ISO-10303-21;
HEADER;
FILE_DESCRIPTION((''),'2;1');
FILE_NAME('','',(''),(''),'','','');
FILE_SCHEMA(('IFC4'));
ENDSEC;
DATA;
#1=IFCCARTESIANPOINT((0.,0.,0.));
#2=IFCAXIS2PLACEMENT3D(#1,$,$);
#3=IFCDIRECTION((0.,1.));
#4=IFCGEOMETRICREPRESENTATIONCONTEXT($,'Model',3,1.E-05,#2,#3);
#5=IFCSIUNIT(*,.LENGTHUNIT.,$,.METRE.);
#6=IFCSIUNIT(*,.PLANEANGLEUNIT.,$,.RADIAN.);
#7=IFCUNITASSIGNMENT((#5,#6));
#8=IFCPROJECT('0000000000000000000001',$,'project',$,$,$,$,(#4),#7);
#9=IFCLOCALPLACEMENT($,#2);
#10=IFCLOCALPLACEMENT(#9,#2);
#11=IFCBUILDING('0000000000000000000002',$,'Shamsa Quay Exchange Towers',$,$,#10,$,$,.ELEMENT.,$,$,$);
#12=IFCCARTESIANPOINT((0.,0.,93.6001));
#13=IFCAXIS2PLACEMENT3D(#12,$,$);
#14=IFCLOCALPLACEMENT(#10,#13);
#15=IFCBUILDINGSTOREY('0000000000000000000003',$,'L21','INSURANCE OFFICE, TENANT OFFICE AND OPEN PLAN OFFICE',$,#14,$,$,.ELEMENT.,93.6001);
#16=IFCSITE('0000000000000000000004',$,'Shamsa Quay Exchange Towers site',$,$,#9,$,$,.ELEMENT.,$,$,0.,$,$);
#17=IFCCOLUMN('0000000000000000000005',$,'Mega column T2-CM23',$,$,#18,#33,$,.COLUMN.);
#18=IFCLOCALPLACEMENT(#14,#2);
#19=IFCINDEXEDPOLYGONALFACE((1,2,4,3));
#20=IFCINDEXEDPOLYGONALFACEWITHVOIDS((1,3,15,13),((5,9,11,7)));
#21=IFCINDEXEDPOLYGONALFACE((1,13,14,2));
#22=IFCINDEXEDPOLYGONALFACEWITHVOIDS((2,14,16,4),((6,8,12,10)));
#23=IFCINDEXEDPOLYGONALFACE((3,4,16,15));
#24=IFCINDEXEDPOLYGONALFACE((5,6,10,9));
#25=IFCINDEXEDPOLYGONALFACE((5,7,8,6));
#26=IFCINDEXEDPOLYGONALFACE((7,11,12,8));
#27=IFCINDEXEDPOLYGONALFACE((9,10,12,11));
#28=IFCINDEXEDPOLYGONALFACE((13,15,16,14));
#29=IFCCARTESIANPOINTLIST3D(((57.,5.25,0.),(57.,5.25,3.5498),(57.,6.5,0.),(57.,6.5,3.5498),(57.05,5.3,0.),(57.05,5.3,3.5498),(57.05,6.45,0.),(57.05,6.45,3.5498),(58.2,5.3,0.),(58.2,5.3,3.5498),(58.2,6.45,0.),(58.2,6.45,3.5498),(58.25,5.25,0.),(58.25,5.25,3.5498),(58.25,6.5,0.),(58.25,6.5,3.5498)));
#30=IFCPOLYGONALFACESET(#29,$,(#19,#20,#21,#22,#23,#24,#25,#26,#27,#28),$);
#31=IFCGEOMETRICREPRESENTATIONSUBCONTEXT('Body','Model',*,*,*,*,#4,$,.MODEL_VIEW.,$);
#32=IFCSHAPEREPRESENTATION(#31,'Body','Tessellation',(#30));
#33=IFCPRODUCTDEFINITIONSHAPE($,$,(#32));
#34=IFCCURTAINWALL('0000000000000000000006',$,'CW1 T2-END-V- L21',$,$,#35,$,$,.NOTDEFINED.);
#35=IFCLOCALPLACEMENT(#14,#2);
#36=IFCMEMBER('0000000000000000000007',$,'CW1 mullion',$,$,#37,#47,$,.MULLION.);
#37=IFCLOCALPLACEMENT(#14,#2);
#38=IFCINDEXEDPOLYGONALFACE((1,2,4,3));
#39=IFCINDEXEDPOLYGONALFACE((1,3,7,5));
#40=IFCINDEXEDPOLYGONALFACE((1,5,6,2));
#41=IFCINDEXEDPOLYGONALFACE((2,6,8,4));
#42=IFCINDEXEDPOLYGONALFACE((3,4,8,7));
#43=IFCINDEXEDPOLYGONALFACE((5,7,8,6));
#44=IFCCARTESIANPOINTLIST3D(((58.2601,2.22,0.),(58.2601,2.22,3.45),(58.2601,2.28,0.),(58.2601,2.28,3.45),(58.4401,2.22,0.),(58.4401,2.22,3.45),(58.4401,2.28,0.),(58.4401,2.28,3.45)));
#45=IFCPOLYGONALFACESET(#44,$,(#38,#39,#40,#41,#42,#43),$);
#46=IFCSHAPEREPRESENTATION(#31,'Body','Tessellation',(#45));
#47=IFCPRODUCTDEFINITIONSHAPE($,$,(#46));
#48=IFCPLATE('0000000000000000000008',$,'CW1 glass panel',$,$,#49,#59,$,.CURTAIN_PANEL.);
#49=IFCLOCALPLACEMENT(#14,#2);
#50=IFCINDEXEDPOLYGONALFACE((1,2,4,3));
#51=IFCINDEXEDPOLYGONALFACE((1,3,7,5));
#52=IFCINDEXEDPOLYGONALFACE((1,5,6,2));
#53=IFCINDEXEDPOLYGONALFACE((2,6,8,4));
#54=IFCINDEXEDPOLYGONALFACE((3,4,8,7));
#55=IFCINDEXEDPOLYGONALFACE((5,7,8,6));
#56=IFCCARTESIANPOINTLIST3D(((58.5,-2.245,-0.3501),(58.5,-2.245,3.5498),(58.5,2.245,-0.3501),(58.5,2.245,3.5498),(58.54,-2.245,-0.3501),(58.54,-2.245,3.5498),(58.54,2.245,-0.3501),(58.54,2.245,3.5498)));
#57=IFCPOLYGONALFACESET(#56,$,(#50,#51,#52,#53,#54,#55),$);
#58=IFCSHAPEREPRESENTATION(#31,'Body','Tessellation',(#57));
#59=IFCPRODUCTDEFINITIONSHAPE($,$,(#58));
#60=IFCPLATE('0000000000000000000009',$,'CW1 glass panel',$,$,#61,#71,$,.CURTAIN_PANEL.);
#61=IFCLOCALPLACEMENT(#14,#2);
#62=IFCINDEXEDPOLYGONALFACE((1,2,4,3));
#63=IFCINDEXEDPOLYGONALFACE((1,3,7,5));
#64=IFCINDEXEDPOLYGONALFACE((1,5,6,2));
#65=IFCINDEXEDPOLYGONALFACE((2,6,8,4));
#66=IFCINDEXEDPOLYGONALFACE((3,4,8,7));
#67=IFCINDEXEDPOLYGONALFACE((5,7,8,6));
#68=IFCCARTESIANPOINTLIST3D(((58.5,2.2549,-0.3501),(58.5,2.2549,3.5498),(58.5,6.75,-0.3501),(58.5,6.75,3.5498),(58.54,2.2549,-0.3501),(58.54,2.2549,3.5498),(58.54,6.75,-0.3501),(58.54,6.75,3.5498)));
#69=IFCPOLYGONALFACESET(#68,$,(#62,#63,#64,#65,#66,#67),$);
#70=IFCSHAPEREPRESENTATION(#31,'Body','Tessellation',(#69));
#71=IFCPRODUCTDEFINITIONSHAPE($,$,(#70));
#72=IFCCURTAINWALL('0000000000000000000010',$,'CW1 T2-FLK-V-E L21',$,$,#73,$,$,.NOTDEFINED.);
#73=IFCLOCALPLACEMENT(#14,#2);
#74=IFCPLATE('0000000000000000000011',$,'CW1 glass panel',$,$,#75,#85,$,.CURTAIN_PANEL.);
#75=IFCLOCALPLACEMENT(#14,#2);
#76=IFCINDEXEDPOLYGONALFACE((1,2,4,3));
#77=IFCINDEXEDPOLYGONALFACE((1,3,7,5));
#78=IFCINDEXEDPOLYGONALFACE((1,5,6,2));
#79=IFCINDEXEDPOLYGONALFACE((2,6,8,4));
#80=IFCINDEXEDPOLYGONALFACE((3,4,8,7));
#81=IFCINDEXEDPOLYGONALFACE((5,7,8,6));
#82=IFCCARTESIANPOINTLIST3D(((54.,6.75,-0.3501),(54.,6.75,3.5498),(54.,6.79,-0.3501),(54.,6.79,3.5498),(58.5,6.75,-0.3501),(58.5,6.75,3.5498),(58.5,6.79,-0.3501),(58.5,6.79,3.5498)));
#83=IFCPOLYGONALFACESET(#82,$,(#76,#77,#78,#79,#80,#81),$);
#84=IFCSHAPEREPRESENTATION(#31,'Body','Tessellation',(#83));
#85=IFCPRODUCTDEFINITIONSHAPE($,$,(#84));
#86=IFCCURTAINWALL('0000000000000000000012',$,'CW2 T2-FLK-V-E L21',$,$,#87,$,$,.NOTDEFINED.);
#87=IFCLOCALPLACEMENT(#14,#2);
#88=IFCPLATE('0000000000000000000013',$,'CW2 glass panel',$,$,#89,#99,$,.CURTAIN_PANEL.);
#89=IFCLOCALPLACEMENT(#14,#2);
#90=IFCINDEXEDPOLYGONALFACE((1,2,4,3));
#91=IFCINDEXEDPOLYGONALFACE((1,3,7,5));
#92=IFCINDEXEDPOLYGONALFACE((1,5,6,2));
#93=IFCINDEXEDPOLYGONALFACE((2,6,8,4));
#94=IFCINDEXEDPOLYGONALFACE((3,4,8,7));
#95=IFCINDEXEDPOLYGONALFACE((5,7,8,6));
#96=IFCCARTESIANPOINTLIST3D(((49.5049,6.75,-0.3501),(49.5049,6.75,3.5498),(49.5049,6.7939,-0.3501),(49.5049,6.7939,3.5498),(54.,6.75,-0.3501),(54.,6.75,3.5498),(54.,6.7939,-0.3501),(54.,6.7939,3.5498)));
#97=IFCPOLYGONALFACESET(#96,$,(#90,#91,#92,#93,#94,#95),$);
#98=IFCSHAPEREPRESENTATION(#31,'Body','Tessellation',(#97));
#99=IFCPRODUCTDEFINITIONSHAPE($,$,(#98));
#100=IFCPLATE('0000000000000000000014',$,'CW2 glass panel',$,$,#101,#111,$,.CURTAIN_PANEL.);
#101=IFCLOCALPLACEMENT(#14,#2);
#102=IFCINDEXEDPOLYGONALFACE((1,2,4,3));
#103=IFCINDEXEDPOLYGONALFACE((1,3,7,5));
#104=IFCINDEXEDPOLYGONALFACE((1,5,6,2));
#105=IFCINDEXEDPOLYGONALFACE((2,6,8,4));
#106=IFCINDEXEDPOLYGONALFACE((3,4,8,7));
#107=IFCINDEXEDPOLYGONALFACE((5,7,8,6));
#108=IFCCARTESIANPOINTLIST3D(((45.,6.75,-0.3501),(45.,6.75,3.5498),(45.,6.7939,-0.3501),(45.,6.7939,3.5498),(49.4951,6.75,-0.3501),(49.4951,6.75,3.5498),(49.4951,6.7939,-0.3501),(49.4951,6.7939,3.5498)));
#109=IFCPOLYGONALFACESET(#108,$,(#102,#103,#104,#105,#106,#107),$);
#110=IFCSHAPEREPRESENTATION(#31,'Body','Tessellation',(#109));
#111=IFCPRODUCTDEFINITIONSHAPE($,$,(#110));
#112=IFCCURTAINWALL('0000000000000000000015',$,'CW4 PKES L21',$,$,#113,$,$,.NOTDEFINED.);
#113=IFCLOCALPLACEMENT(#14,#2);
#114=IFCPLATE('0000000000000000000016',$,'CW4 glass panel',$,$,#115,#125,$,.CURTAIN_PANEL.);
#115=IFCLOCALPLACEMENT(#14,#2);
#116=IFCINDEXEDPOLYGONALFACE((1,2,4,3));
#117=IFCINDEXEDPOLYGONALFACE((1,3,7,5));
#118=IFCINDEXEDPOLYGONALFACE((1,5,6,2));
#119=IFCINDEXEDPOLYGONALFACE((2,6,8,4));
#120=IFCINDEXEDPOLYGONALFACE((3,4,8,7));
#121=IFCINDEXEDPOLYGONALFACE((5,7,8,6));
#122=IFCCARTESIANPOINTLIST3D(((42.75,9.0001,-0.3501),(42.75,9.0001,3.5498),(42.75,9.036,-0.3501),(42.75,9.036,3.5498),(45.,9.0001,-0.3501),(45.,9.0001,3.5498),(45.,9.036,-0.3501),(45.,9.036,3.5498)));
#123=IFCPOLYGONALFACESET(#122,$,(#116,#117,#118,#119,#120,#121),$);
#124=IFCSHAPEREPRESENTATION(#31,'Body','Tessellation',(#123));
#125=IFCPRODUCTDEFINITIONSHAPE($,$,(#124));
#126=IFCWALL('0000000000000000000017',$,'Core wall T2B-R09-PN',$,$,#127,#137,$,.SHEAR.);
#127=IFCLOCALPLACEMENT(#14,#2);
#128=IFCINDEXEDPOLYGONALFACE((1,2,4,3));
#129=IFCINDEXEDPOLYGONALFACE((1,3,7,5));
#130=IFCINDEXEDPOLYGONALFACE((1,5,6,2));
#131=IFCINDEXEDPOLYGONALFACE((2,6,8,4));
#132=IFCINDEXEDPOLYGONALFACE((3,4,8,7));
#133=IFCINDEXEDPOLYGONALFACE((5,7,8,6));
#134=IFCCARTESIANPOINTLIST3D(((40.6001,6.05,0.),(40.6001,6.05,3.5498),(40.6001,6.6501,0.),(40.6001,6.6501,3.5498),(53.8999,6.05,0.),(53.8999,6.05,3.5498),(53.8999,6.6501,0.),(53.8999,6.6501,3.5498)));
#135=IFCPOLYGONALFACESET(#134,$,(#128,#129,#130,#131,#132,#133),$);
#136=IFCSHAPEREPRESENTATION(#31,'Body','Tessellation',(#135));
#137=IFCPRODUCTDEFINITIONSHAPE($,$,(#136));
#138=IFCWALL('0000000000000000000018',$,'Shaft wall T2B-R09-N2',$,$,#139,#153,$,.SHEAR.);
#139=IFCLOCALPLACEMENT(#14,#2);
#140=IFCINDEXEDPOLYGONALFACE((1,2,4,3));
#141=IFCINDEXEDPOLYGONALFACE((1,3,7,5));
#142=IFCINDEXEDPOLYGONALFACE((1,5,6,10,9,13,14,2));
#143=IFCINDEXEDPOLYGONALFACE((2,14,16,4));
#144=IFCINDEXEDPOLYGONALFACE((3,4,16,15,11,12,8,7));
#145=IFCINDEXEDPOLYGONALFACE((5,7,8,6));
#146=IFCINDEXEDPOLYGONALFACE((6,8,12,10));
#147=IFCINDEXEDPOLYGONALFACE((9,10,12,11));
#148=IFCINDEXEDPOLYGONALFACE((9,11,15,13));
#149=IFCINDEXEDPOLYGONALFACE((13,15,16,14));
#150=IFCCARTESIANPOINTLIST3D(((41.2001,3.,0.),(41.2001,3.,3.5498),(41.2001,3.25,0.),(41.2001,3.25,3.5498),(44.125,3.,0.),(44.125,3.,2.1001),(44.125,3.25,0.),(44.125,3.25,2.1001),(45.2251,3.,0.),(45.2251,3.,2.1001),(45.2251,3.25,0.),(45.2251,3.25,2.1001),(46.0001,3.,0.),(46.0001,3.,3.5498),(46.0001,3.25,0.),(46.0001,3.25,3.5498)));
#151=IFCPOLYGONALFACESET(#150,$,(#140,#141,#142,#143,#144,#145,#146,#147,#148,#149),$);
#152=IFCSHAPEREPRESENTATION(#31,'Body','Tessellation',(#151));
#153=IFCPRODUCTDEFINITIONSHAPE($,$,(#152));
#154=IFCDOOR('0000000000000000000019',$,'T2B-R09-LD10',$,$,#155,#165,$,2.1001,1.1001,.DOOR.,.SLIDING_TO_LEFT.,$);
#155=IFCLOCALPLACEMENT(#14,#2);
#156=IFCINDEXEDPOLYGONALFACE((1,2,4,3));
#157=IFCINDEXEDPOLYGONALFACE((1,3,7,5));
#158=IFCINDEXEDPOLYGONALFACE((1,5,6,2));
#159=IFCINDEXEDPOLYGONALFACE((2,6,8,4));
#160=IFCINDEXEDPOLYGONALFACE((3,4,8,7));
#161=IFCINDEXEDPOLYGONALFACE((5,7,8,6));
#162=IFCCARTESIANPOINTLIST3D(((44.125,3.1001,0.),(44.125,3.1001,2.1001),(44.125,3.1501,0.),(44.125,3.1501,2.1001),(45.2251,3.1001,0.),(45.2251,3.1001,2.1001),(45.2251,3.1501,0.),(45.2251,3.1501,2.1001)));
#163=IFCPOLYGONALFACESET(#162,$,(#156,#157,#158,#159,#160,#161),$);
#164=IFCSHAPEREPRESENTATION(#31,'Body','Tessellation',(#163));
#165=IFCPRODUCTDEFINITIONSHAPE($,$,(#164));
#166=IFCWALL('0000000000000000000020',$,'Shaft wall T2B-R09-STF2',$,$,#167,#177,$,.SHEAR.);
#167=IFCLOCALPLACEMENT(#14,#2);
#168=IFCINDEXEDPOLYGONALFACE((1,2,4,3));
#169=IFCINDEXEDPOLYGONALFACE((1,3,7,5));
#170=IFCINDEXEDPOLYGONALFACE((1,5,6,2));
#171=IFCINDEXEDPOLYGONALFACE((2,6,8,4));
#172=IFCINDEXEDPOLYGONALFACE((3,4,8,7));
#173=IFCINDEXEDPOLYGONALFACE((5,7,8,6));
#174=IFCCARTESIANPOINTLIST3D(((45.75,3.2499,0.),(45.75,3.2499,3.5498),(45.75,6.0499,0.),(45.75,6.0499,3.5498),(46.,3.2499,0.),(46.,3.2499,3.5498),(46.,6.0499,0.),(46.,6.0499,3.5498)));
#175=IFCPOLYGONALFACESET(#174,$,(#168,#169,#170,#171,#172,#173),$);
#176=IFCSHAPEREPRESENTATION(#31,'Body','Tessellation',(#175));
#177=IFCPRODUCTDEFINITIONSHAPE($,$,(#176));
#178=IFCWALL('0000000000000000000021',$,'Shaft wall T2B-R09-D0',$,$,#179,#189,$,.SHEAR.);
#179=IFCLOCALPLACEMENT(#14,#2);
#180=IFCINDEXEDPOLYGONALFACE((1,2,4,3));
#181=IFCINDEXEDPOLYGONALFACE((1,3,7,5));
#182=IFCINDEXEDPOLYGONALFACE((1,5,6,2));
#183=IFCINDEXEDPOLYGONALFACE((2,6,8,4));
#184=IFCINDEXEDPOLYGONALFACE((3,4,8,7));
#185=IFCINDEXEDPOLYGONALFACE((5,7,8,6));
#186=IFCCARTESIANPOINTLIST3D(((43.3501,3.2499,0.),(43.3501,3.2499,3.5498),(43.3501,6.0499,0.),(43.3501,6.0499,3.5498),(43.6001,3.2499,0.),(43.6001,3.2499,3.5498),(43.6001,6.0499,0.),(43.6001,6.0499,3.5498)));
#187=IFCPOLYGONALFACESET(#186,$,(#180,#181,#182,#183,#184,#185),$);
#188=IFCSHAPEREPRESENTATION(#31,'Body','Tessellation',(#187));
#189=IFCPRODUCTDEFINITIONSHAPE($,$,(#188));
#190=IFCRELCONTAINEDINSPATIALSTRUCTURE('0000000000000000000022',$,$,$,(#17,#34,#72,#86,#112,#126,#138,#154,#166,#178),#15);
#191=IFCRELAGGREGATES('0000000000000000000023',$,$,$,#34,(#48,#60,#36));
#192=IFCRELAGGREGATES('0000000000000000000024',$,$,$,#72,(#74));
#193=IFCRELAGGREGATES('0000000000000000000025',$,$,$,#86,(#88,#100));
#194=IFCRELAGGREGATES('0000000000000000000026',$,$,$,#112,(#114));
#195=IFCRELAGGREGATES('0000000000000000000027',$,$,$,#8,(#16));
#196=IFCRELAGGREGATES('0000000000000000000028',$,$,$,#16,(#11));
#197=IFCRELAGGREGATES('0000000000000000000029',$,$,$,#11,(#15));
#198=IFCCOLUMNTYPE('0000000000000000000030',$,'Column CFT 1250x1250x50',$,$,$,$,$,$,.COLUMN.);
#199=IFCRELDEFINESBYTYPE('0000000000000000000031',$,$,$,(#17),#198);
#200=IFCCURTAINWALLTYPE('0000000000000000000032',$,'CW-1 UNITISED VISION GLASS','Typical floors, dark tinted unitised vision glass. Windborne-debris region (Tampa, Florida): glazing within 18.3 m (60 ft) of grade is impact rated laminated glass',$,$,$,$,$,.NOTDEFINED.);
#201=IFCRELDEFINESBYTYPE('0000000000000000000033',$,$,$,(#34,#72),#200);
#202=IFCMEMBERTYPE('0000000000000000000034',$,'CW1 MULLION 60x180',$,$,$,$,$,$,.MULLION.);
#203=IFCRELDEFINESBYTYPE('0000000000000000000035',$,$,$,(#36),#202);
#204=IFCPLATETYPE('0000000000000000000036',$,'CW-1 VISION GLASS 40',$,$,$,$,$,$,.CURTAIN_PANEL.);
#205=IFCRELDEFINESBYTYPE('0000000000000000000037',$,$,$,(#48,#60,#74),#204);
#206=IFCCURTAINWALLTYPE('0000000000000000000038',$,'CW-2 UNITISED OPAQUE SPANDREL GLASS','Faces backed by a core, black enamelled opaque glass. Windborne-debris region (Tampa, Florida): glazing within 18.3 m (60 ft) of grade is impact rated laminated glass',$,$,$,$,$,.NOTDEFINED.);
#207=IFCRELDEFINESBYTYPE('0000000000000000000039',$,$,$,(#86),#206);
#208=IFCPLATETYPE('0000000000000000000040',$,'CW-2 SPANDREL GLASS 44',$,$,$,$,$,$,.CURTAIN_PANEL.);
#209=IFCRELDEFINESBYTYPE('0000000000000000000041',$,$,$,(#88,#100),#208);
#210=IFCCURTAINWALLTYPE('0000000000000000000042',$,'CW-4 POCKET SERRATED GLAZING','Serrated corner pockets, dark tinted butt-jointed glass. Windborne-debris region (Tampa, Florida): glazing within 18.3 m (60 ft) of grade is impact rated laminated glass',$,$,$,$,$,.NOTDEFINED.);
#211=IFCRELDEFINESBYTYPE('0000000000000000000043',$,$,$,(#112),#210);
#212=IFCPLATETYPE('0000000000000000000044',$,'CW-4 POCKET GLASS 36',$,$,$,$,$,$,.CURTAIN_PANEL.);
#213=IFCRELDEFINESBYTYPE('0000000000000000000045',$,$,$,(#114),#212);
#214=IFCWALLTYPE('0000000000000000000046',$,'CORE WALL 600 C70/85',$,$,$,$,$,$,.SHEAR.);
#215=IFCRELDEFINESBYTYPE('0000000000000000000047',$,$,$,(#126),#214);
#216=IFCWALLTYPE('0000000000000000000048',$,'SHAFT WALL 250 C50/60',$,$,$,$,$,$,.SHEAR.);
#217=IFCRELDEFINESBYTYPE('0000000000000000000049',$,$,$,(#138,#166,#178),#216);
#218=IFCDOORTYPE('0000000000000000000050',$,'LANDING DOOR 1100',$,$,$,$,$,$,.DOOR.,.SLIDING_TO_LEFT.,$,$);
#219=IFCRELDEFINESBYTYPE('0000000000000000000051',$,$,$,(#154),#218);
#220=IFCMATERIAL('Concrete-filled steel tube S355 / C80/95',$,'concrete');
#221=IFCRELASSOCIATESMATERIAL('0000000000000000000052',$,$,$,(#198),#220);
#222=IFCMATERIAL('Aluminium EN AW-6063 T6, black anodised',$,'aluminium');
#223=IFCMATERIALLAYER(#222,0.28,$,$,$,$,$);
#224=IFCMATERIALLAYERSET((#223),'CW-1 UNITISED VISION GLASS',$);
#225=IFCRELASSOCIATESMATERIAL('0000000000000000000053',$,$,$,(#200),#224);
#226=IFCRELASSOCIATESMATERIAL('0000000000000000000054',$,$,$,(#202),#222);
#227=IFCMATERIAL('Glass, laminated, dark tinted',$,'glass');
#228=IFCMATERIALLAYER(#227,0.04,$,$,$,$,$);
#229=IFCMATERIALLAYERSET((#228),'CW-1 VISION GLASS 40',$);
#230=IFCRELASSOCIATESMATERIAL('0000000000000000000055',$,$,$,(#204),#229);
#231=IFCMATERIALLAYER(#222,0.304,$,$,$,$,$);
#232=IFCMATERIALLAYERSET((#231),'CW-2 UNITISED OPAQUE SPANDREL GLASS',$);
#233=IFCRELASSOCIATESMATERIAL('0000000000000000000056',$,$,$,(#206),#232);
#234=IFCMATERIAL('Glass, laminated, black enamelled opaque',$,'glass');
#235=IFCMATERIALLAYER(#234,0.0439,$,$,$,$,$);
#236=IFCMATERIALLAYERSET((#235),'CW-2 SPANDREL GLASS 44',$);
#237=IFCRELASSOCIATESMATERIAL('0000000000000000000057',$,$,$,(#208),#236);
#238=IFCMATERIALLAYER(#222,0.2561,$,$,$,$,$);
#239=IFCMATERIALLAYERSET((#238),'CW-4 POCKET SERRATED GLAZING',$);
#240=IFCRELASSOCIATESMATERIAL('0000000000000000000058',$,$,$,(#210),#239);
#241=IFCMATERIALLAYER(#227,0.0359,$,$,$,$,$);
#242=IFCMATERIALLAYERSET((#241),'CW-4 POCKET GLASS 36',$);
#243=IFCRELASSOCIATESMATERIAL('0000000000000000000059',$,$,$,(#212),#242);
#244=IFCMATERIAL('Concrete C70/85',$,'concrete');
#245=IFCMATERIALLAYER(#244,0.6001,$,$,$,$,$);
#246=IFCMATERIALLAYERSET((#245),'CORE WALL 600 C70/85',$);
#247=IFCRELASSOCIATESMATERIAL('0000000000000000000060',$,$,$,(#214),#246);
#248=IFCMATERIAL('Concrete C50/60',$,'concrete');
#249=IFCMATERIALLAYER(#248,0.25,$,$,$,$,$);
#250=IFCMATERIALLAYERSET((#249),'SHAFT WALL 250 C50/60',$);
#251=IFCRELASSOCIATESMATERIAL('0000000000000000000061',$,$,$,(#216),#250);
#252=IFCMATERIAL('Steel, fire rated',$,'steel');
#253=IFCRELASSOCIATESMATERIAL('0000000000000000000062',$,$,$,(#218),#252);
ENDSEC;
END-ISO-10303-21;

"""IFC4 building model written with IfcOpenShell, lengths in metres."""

from ifc_helpers import new_model, si_unit, direction, frame, frame_2d, origin, origin_2d, place, context, subcontext, project, spatial, rectangle, hollow_rectangle, extrude, material, layer, layer_set, material_profile, profile_set, type_object, element, fill, aggregate, save


model = new_model("IFC4")

# Units and contexts
model_context = context("Model", 3, precision=1e-05, world=origin(), true_north=direction((0.0, 1.0)))
body_context = subcontext(model_context, "Body", "Model", "MODEL_VIEW")
ifc_project = project(units=[si_unit("LENGTHUNIT", "METRE"), si_unit("PLANEANGLEUNIT", "RADIAN")], contexts=[model_context])

# Site, building, storey
site_placement = place(None, origin())
site = spatial("IfcSite", under=ifc_project, at=site_placement, Name="Shamsa Quay Exchange Towers site", CompositionType="ELEMENT", RefElevation=0.0)
building_placement = place(site_placement, origin())
building = spatial("IfcBuilding", under=site, at=building_placement, Name="Shamsa Quay Exchange Towers", CompositionType="ELEMENT")
storey_placement = place(building_placement, frame((0.0, 0.0, 93.6001)))
storey = spatial("IfcBuildingStorey", under=building, at=storey_placement, Name="L21", Description="INSURANCE OFFICE, TENANT OFFICE AND OPEN PLAN OFFICE", CompositionType="ELEMENT", Elevation=93.6001)

# Column
ifc_material_1 = material(Name="Concrete-filled steel tube S355 / C80/95", Category="concrete")
ifc_material_profile_1 = material_profile(ifc_material_1, hollow_rectangle(XDim=1.25, YDim=1.25, WallThickness=0.05, at=origin_2d()), Name="CFT 1250x1250x50")
ifc_profile_set_1 = profile_set([ifc_material_profile_1], Name="Concrete-filled steel tube S355 / C80/95")
column_type = type_object("IfcColumnType", Name="Column CFT 1250x1250x50", PredefinedType="COLUMN", material=ifc_profile_set_1)
column_placement = place(storey_placement, frame((57.625, 5.875, 0.0)))
element("IfcColumn", 1, at=column_placement, inside=storey, type_object=column_type, Name="Mega column T2-CM23", PredefinedType="COLUMN", context=body_context, shape_type="SweptSolid", body=[
    extrude(hollow_rectangle(XDim=1.25, YDim=1.25, WallThickness=0.05, at=origin_2d()), origin(), (0.0, 0.0, 1.0), 3.5498),
])

# Curtain wall, member, plates
ifc_material_2 = material(Name="Aluminium EN AW-6063 T6, black anodised", Category="aluminium")
ifc_layer_1 = layer(ifc_material_2, 0.28)
ifc_layer_set_1 = layer_set([ifc_layer_1], Name="CW-1 UNITISED VISION GLASS")
curtain_wall_type_1 = type_object("IfcCurtainWallType", Name="CW-1 UNITISED VISION GLASS", Description="Typical floors, dark tinted unitised vision glass. Windborne-debris region (Tampa, Florida): glazing within 18.3 m (60 ft) of grade is impact rated laminated glass", PredefinedType="NOTDEFINED", material=ifc_layer_set_1)
curtain_wall_1_placement = place(storey_placement, origin())
curtain_wall_1 = element("IfcCurtainWall", 2, at=curtain_wall_1_placement, inside=storey, type_object=curtain_wall_type_1, Name="CW1 T2-END-V- L21", PredefinedType="NOTDEFINED")
ifc_material_profile_2 = material_profile(ifc_material_2, rectangle(XDim=0.1799, YDim=0.0601, at=origin_2d()), Name="MU60x180")
ifc_profile_set_2 = profile_set([ifc_material_profile_2], Name="Aluminium EN AW-6063 T6, black anodised")
member_type = type_object("IfcMemberType", Name="CW1 MULLION 60x180", PredefinedType="MULLION", material=ifc_profile_set_2)
member_placement = place(storey_placement, frame((58.3501, 2.25, 0.0), z_axis=(0.0, 0.0, 1.0), x_axis=(-1.0, 0.0, 0.0)))
member = element("IfcMember", 3, at=member_placement, type_object=member_type, Name="CW1 mullion", PredefinedType="MULLION", context=body_context, shape_type="SweptSolid", body=[
    extrude(rectangle(XDim=0.1799, YDim=0.0601, at=origin_2d()), origin(), (0.0, 0.0, 1.0), 3.45),
])
ifc_material_3 = material(Name="Glass, laminated, dark tinted", Category="glass")
ifc_layer_2 = layer(ifc_material_3, 0.04)
ifc_layer_set_2 = layer_set([ifc_layer_2], Name="CW-1 VISION GLASS 40")
plate_type_1 = type_object("IfcPlateType", Name="CW-1 VISION GLASS 40", PredefinedType="CURTAIN_PANEL", material=ifc_layer_set_2)
plate_1_placement = place(storey_placement, frame((58.52, 0.0, -0.3501), z_axis=(0.0, 0.0, 1.0), x_axis=(0.0, 1.0, 0.0)))
plate_1 = element("IfcPlate", 4, at=plate_1_placement, type_object=plate_type_1, Name="CW1 glass panel", PredefinedType="CURTAIN_PANEL", context=body_context, shape_type="SweptSolid", body=[
    extrude(rectangle(XDim=4.49, YDim=0.04, at=origin_2d()), origin(), (0.0, 0.0, 1.0), 3.8999),
])
plate_2_placement = place(storey_placement, frame((58.52, 4.5024, -0.3501), z_axis=(0.0, 0.0, 1.0), x_axis=(0.0, 1.0, 0.0)))
plate_2 = element("IfcPlate", 5, at=plate_2_placement, type_object=plate_type_1, Name="CW1 glass panel", PredefinedType="CURTAIN_PANEL", context=body_context, shape_type="SweptSolid", body=[
    extrude(rectangle(XDim=4.4951, YDim=0.04, at=origin_2d()), origin(), (0.0, 0.0, 1.0), 3.8999),
])
aggregate(curtain_wall_1, [plate_1, plate_2, member])

# Curtain wall, plate
curtain_wall_2_placement = place(storey_placement, origin())
curtain_wall_2 = element("IfcCurtainWall", 6, at=curtain_wall_2_placement, inside=storey, type_object=curtain_wall_type_1, Name="CW1 T2-FLK-V-E L21", PredefinedType="NOTDEFINED")
plate_3_placement = place(storey_placement, frame((56.25, 6.77, -0.3501), z_axis=(0.0, 0.0, 1.0), x_axis=(-1.0, 0.0, 0.0)))
plate_3 = element("IfcPlate", 7, at=plate_3_placement, type_object=plate_type_1, Name="CW1 glass panel", PredefinedType="CURTAIN_PANEL", context=body_context, shape_type="SweptSolid", body=[
    extrude(rectangle(XDim=4.5, YDim=0.04, at=origin_2d()), origin(), (0.0, 0.0, 1.0), 3.8999),
])
aggregate(curtain_wall_2, [plate_3])

# Curtain wall, plates
ifc_layer_3 = layer(ifc_material_2, 0.304)
ifc_layer_set_3 = layer_set([ifc_layer_3], Name="CW-2 UNITISED OPAQUE SPANDREL GLASS")
curtain_wall_type_2 = type_object("IfcCurtainWallType", Name="CW-2 UNITISED OPAQUE SPANDREL GLASS", Description="Faces backed by a core, black enamelled opaque glass. Windborne-debris region (Tampa, Florida): glazing within 18.3 m (60 ft) of grade is impact rated laminated glass", PredefinedType="NOTDEFINED", material=ifc_layer_set_3)
curtain_wall_3_placement = place(storey_placement, origin())
curtain_wall_3 = element("IfcCurtainWall", 8, at=curtain_wall_3_placement, inside=storey, type_object=curtain_wall_type_2, Name="CW2 T2-FLK-V-E L21", PredefinedType="NOTDEFINED")
ifc_material_4 = material(Name="Glass, laminated, black enamelled opaque", Category="glass")
ifc_layer_4 = layer(ifc_material_4, 0.0439)
ifc_layer_set_4 = layer_set([ifc_layer_4], Name="CW-2 SPANDREL GLASS 44")
plate_type_2 = type_object("IfcPlateType", Name="CW-2 SPANDREL GLASS 44", PredefinedType="CURTAIN_PANEL", material=ifc_layer_set_4)
plate_4_placement = place(storey_placement, frame((51.7524, 6.772, -0.3501), z_axis=(0.0, 0.0, 1.0), x_axis=(-1.0, 0.0, 0.0)))
plate_4 = element("IfcPlate", 9, at=plate_4_placement, type_object=plate_type_2, Name="CW2 glass panel", PredefinedType="CURTAIN_PANEL", context=body_context, shape_type="SweptSolid", body=[
    extrude(rectangle(XDim=4.4951, YDim=0.0439, at=origin_2d()), origin(), (0.0, 0.0, 1.0), 3.8999),
])
plate_5_placement = place(storey_placement, frame((47.2476, 6.772, -0.3501), z_axis=(0.0, 0.0, 1.0), x_axis=(-1.0, 0.0, 0.0)))
plate_5 = element("IfcPlate", 10, at=plate_5_placement, type_object=plate_type_2, Name="CW2 glass panel", PredefinedType="CURTAIN_PANEL", context=body_context, shape_type="SweptSolid", body=[
    extrude(rectangle(XDim=4.4951, YDim=0.0439, at=origin_2d()), origin(), (0.0, 0.0, 1.0), 3.8999),
])
aggregate(curtain_wall_3, [plate_4, plate_5])

# Curtain wall, plate
ifc_layer_5 = layer(ifc_material_2, 0.2561)
ifc_layer_set_5 = layer_set([ifc_layer_5], Name="CW-4 POCKET SERRATED GLAZING")
curtain_wall_type_3 = type_object("IfcCurtainWallType", Name="CW-4 POCKET SERRATED GLAZING", Description="Serrated corner pockets, dark tinted butt-jointed glass. Windborne-debris region (Tampa, Florida): glazing within 18.3 m (60 ft) of grade is impact rated laminated glass", PredefinedType="NOTDEFINED", material=ifc_layer_set_5)
curtain_wall_4_placement = place(storey_placement, origin())
curtain_wall_4 = element("IfcCurtainWall", 11, at=curtain_wall_4_placement, inside=storey, type_object=curtain_wall_type_3, Name="CW4 PKES L21", PredefinedType="NOTDEFINED")
ifc_layer_6 = layer(ifc_material_3, 0.0359)
ifc_layer_set_6 = layer_set([ifc_layer_6], Name="CW-4 POCKET GLASS 36")
plate_type_3 = type_object("IfcPlateType", Name="CW-4 POCKET GLASS 36", PredefinedType="CURTAIN_PANEL", material=ifc_layer_set_6)
plate_6_placement = place(storey_placement, frame((43.875, 9.0181, -0.3501), z_axis=(0.0, 0.0, 1.0), x_axis=(-1.0, 0.0, 0.0)))
plate_6 = element("IfcPlate", 12, at=plate_6_placement, type_object=plate_type_3, Name="CW4 glass panel", PredefinedType="CURTAIN_PANEL", context=body_context, shape_type="SweptSolid", body=[
    extrude(rectangle(XDim=2.25, YDim=0.0359, at=origin_2d()), origin(), (0.0, 0.0, 1.0), 3.8999),
])
aggregate(curtain_wall_4, [plate_6])

# Wall
ifc_material_5 = material(Name="Concrete C70/85", Category="concrete")
ifc_layer_7 = layer(ifc_material_5, 0.6001)
ifc_layer_set_7 = layer_set([ifc_layer_7], Name="CORE WALL 600 C70/85")
wall_type_1 = type_object("IfcWallType", Name="CORE WALL 600 C70/85", PredefinedType="SHEAR", material=ifc_layer_set_7)
wall_1_placement = place(storey_placement, frame((53.8999, 6.3501, 0.0), z_axis=(0.0, 0.0, 1.0), x_axis=(-1.0, 0.0, 0.0)))
element("IfcWall", 13, at=wall_1_placement, inside=storey, type_object=wall_type_1, Name="Core wall T2B-R09-PN", PredefinedType="SHEAR", context=body_context, shape_type="SweptSolid", body=[
    extrude(rectangle(XDim=13.2998, YDim=0.6001, at=frame_2d((6.6499, 0.0))), origin(), (0.0, 0.0, 1.0), 3.5498),
])

# Wall, opening, door
ifc_material_6 = material(Name="Concrete C50/60", Category="concrete")
ifc_layer_8 = layer(ifc_material_6, 0.25)
ifc_layer_set_8 = layer_set([ifc_layer_8], Name="SHAFT WALL 250 C50/60")
wall_type_2 = type_object("IfcWallType", Name="SHAFT WALL 250 C50/60", PredefinedType="SHEAR", material=ifc_layer_set_8)
wall_2_placement = place(storey_placement, frame((46.0, 3.125, 0.0), z_axis=(0.0, 0.0, 1.0), x_axis=(-1.0, 0.0, 0.0)))
wall_2 = element("IfcWall", 14, at=wall_2_placement, inside=storey, type_object=wall_type_2, Name="Shaft wall T2B-R09-N2", PredefinedType="SHEAR", context=body_context, shape_type="SweptSolid", body=[
    extrude(rectangle(XDim=4.8, YDim=0.25, at=frame_2d((2.3999, 0.0))), origin(), (0.0, 0.0, 1.0), 3.5498),
])
opening_1_placement = place(wall_2_placement, frame((0.7749, 0.0, 0.0)))
opening_1 = element("IfcOpeningElement", 15, at=opening_1_placement, cuts=wall_2, PredefinedType="OPENING", context=body_context, shape_type="SweptSolid", body=[
    extrude(rectangle(XDim=1.1001, YDim=2.1001, at=frame_2d((0.55, 1.05))), frame((0.0, 0.135, 0.0), z_axis=(0.0, -1.0, 0.0), x_axis=(1.0, 0.0, 0.0)), (0.0, 0.0, 1.0), 0.27),
])
ifc_material_7 = material(Name="Steel, fire rated", Category="steel")
door_type_1 = type_object("IfcDoorType", Name="LANDING DOOR 1100", OperationType="SLIDING_TO_LEFT", PredefinedType="DOOR", material=ifc_material_7)
door_1_placement = place(opening_1_placement, origin())
door_1 = element("IfcDoor", 16, at=door_1_placement, inside=storey, type_object=door_type_1, Name="T2B-R09-LD10", OperationType="SLIDING_TO_LEFT", OverallHeight=2.1001, OverallWidth=1.1001, PredefinedType="DOOR", context=body_context, shape_type="SweptSolid", body=[
    extrude(rectangle(XDim=1.1001, YDim=2.1001, at=frame_2d((0.55, 1.05))), frame((0.0, 0.0249, 0.0), z_axis=(0.0, -1.0, 0.0), x_axis=(1.0, 0.0, 0.0)), (0.0, 0.0, 1.0), 0.05),
])
fill(opening_1, door_1)

# Walls
for number, where, z_axis, x_axis, name in (
    (17, (45.875, 3.25, 0.0), (0.0, 0.0, 1.0), (0.0, 1.0, 0.0), "Shaft wall T2B-R09-STF2"),
    (18, (43.4751, 3.25, 0.0), (0.0, 0.0, 1.0), (0.0, 1.0, 0.0), "Shaft wall T2B-R09-D0"),
):
    element("IfcWall", number, at=place(storey_placement, frame(where, z_axis=z_axis, x_axis=x_axis)), inside=storey, type_object=wall_type_2, Name=name, PredefinedType="SHEAR", context=body_context, shape_type="SweptSolid", body=[
        extrude(rectangle(XDim=2.8, YDim=0.25, at=frame_2d((1.3999, 0.0))), origin(), (0.0, 0.0, 1.0), 3.5498),
    ])

save(model, "model.ifc")
